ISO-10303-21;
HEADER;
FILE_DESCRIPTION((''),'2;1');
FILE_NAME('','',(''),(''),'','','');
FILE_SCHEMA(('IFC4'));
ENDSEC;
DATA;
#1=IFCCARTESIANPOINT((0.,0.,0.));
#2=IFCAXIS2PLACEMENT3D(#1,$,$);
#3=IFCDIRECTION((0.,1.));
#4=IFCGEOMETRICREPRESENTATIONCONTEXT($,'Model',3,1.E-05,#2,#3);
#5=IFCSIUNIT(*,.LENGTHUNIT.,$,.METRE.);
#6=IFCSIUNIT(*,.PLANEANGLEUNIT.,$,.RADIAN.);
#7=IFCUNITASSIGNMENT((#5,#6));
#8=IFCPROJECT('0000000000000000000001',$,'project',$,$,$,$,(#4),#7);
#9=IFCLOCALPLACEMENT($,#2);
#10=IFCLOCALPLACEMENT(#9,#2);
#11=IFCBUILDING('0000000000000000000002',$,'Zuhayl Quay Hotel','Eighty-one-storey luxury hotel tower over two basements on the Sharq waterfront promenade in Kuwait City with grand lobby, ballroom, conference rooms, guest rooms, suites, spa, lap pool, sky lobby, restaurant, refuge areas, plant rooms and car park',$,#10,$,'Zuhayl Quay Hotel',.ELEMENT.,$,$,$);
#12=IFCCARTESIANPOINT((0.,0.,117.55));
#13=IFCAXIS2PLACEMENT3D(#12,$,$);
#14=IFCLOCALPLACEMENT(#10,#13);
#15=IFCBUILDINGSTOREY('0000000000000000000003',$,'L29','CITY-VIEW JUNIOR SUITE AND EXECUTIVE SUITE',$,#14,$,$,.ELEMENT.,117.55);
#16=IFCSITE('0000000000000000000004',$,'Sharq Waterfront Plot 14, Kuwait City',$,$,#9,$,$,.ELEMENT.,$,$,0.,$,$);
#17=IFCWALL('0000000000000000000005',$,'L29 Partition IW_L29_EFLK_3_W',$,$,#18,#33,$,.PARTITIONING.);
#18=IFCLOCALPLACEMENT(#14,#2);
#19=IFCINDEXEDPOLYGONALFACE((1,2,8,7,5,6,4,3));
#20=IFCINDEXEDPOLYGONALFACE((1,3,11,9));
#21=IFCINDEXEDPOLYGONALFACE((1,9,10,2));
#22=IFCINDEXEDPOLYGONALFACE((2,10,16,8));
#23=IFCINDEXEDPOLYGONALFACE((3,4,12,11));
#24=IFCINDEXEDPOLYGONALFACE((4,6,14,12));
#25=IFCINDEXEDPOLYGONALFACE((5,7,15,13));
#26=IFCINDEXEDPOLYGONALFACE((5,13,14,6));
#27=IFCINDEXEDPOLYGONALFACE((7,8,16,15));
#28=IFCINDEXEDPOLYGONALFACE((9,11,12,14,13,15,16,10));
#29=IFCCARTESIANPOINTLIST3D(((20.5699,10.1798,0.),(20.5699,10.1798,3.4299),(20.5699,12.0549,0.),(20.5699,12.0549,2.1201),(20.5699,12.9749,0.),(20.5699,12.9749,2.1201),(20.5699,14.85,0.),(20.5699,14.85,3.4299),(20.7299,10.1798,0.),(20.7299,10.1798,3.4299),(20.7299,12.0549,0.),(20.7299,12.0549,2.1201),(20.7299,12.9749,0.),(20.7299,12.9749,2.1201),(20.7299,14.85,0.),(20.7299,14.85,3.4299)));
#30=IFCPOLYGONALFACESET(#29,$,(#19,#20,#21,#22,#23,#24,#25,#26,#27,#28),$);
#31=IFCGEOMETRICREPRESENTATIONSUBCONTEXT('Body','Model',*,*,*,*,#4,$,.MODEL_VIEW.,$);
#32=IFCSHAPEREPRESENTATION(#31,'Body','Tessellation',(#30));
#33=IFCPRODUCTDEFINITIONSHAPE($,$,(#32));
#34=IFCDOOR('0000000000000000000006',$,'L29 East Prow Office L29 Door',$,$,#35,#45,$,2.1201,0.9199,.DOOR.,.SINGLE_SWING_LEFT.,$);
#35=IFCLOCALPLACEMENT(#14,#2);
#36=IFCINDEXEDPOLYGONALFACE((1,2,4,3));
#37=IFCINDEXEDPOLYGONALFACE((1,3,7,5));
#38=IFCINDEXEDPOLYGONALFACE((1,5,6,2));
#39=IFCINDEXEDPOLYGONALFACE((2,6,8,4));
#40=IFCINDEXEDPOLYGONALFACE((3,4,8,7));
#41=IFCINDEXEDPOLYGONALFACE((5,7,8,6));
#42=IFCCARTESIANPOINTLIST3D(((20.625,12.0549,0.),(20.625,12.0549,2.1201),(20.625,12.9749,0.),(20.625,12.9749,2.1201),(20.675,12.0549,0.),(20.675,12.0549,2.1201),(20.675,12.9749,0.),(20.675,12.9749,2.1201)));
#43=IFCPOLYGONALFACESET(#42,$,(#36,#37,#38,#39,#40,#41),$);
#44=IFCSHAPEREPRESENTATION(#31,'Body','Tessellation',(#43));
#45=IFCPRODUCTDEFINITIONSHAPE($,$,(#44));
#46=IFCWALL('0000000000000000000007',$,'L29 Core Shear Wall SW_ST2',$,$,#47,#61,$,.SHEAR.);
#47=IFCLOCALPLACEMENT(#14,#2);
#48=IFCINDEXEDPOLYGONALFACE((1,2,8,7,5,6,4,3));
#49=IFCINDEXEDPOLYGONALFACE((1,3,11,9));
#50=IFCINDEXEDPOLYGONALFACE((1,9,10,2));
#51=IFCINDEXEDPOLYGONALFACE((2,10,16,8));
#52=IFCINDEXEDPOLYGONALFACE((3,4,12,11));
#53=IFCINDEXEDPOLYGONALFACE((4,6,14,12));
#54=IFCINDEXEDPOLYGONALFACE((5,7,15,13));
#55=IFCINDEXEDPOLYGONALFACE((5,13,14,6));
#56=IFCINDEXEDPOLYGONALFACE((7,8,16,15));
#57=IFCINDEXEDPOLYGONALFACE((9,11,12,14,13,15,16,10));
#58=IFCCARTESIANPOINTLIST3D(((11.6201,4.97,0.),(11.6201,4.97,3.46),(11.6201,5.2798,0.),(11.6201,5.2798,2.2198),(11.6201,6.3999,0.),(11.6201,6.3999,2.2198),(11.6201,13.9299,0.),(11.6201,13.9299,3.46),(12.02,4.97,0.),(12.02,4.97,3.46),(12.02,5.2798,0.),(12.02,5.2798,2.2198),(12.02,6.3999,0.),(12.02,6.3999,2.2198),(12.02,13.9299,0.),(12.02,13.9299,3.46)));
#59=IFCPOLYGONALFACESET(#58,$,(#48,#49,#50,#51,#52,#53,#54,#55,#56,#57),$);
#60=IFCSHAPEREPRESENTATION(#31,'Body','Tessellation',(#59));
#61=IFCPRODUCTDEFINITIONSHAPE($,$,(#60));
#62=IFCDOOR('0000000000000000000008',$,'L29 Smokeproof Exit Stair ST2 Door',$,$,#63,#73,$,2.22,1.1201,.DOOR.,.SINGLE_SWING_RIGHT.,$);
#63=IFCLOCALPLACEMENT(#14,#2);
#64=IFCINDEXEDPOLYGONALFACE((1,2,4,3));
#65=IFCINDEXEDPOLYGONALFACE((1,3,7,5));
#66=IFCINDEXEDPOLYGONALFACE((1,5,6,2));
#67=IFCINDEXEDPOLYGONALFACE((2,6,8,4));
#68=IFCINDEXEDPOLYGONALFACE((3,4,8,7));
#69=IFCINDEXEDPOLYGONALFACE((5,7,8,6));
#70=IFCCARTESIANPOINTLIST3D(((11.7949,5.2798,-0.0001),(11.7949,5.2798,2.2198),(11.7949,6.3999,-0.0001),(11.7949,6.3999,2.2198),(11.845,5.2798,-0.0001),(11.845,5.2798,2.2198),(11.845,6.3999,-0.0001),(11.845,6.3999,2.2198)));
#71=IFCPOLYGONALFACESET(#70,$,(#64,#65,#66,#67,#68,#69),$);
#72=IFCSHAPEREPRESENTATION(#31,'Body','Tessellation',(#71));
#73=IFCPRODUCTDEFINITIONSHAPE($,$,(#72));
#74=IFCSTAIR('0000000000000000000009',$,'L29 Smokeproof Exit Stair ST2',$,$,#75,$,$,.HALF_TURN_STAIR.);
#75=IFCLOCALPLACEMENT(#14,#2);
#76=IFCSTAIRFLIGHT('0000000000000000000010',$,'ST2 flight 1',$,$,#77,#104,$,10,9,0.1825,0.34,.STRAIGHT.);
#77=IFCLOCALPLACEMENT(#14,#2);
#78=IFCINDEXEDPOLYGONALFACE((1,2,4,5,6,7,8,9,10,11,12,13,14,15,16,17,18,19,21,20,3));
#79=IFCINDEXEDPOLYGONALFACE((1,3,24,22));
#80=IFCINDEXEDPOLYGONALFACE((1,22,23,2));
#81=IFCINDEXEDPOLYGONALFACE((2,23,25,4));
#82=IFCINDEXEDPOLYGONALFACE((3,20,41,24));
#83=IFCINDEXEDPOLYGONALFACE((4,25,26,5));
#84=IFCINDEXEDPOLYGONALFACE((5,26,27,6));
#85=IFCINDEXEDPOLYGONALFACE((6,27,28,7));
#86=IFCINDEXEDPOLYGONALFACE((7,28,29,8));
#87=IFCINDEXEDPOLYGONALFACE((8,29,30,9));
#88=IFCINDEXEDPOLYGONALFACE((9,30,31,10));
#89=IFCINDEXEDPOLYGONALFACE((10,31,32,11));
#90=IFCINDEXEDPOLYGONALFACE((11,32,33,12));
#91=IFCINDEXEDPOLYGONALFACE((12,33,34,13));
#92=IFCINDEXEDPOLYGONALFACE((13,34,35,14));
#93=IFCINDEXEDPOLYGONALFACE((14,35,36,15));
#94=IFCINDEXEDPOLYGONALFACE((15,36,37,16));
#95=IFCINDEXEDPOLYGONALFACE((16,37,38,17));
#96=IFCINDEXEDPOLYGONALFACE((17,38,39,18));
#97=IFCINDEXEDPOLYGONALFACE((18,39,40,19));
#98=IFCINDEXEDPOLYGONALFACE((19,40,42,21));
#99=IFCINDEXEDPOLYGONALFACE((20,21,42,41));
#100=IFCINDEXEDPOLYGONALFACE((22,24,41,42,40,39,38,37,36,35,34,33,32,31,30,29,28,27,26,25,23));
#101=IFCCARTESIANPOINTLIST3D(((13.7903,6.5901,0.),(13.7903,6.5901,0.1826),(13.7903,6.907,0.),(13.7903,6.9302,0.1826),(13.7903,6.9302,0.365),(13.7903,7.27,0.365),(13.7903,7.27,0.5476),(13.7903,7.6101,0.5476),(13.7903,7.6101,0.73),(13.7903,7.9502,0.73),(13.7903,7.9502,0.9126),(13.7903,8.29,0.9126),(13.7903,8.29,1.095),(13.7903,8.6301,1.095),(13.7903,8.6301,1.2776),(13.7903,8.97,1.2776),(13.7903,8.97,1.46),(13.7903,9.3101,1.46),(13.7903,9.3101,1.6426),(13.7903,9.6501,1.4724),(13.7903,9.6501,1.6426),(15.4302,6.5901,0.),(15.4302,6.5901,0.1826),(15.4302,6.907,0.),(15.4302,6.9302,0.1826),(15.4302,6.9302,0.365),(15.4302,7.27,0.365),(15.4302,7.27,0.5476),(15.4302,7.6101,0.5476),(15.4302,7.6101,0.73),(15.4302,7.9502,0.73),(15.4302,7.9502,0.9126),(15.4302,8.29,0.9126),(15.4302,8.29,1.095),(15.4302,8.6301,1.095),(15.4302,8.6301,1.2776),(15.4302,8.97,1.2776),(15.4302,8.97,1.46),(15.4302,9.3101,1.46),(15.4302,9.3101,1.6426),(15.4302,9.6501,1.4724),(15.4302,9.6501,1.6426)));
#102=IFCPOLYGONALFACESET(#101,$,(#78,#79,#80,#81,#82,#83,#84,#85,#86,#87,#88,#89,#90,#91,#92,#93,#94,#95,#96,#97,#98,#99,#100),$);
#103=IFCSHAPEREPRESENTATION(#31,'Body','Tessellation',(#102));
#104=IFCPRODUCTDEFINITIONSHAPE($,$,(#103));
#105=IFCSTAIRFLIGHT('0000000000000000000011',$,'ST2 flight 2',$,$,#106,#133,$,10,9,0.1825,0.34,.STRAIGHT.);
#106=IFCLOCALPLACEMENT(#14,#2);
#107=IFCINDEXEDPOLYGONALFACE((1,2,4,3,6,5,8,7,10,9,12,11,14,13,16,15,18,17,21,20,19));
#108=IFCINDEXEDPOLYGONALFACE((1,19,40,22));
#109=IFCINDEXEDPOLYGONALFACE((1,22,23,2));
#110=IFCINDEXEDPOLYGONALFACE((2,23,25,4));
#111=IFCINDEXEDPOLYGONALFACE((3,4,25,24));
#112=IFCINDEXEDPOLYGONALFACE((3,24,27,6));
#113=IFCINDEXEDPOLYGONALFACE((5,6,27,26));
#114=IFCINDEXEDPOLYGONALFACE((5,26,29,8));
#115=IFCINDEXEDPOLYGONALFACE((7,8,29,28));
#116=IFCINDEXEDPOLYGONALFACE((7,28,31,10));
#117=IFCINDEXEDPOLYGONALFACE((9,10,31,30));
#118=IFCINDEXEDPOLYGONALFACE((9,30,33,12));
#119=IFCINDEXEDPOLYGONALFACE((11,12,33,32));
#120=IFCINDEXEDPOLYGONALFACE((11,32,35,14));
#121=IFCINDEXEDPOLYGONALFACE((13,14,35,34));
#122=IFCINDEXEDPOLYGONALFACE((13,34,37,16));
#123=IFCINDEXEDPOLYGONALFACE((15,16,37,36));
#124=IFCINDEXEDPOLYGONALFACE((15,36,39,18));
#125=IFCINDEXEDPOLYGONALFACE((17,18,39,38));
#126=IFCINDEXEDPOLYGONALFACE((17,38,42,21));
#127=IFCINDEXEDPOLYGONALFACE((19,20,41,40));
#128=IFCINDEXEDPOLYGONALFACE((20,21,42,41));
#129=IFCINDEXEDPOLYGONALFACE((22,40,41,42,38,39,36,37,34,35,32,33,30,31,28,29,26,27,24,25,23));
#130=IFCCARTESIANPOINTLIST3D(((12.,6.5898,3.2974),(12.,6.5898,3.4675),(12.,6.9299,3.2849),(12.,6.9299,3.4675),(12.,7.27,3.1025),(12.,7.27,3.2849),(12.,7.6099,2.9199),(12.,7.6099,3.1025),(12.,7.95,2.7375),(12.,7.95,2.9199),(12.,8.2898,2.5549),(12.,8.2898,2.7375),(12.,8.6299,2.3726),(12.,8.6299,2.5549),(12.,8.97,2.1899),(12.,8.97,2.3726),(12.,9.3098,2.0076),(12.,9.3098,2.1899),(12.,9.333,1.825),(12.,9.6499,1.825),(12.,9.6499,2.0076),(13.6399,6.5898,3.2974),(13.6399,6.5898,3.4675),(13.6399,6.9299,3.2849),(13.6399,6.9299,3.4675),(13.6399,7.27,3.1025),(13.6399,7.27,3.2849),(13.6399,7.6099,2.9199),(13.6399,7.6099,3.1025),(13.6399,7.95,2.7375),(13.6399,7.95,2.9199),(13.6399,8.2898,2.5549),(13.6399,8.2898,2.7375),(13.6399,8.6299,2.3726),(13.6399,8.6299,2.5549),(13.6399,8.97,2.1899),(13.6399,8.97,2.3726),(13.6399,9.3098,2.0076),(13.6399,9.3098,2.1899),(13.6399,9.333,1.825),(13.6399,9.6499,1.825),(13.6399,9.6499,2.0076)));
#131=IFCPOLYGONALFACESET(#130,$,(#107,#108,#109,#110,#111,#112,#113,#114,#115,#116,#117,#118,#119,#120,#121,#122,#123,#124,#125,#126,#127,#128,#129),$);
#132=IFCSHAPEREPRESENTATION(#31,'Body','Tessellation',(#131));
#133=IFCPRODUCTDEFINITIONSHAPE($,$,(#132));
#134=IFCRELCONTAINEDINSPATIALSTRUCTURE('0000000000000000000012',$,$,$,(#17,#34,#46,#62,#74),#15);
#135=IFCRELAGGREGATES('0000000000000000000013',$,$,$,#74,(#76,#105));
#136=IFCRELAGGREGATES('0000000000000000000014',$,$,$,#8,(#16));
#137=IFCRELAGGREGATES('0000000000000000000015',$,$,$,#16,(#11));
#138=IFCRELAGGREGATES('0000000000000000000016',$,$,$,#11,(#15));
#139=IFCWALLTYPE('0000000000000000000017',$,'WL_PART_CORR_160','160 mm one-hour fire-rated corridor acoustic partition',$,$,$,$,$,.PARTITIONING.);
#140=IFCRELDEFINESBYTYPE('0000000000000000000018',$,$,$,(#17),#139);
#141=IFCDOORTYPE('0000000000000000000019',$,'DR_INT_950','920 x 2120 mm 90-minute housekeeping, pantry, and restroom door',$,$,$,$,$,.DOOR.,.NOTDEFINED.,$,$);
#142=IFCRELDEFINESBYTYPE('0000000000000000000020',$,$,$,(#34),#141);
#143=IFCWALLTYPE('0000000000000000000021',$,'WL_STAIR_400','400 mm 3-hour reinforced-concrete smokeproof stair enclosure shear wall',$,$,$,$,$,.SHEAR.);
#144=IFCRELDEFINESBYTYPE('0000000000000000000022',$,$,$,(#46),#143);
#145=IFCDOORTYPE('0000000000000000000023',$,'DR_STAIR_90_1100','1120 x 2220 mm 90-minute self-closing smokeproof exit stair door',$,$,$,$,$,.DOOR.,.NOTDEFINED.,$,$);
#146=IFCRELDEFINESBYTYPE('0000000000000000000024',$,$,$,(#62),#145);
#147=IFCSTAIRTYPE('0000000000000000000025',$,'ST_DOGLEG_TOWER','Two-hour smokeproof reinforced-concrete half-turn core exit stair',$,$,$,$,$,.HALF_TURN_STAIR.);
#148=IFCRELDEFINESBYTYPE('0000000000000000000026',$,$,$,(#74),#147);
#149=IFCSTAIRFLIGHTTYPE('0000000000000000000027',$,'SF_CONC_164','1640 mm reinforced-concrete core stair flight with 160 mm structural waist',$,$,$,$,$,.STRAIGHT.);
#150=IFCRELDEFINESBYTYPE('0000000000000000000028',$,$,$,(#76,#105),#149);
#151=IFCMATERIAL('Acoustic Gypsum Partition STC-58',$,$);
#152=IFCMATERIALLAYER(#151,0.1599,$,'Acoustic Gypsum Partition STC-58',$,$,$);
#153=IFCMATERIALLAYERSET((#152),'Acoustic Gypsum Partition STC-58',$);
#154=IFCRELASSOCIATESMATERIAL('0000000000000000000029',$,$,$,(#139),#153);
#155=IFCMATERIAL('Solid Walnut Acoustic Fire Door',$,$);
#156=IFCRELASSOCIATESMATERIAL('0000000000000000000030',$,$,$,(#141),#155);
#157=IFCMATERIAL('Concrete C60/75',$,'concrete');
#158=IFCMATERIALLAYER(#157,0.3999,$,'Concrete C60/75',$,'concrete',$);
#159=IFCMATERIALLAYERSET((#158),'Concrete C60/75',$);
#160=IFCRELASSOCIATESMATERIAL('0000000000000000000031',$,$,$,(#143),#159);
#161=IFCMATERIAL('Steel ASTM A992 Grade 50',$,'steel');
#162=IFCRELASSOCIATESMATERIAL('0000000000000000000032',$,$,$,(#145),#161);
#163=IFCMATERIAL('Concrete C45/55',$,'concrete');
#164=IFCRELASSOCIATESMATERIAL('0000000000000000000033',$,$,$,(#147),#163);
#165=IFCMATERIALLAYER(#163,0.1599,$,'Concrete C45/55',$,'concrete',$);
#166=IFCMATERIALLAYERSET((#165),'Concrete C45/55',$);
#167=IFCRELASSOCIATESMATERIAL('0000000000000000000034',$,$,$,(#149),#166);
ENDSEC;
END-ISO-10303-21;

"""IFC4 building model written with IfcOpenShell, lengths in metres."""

from ifc_helpers import new_model, si_unit, direction, frame, frame_2d, origin, place, context, subcontext, project, spatial, polyline, rectangle, outline, extrude, material, layer, layer_set, type_object, element, fill, aggregate, save


model = new_model("IFC4")

# Units and contexts
model_context = context("Model", 3, precision=1e-05, world=origin(), true_north=direction((0.0, 1.0)))
body_context = subcontext(model_context, "Body", "Model", "MODEL_VIEW")
ifc_project = project(units=[si_unit("LENGTHUNIT", "METRE"), si_unit("PLANEANGLEUNIT", "RADIAN")], contexts=[model_context])

# Site, building, storey
site_placement = place(None, origin())
site = spatial("IfcSite", under=ifc_project, at=site_placement, Name="Sharq Waterfront Plot 14, Kuwait City", CompositionType="ELEMENT", RefElevation=0.0)
building_placement = place(site_placement, origin())
building = spatial("IfcBuilding", under=site, at=building_placement, Name="Zuhayl Quay Hotel", Description="Eighty-one-storey luxury hotel tower over two basements on the Sharq waterfront promenade in Kuwait City with grand lobby, ballroom, conference rooms, guest rooms, suites, spa, lap pool, sky lobby, restaurant, refuge areas, plant rooms and car park", LongName="Zuhayl Quay Hotel", CompositionType="ELEMENT")
storey_placement = place(building_placement, frame((0.0, 0.0, 117.55)))
storey = spatial("IfcBuildingStorey", under=building, at=storey_placement, Name="L29", Description="CITY-VIEW JUNIOR SUITE AND EXECUTIVE SUITE", CompositionType="ELEMENT", Elevation=117.55)

# Shared definitions
ifc_material_1 = material(Name="Steel ASTM A992 Grade 50", Category="steel")

# Shared definitions
ifc_material_2 = material(Name="Concrete C60/75", Category="concrete")
ifc_material_3 = material(Name="Acoustic Gypsum Partition STC-58")

# Walls, openings, doors
ifc_layer_1 = layer(ifc_material_3, 0.1599, Name="Acoustic Gypsum Partition STC-58")
ifc_layer_set_1 = layer_set([ifc_layer_1], Name="Acoustic Gypsum Partition STC-58")
wall_type_1 = type_object("IfcWallType", Name="WL_PART_CORR_160", Description="160 mm one-hour fire-rated corridor acoustic partition", PredefinedType="PARTITIONING", material=ifc_layer_set_1)
ifc_material_4 = material(Name="Solid Walnut Acoustic Fire Door")
door_type_1 = type_object("IfcDoorType", Name="DR_INT_950", Description="920 x 2120 mm 90-minute housekeeping, pantry, and restroom door", OperationType="NOTDEFINED", PredefinedType="DOOR", material=ifc_material_4)
wall_1_placement = place(storey_placement, frame((20.6499, 10.1799, 0.0), z_axis=(0.0, 0.0, 1.0), x_axis=(0.0, 1.0, 0.0)))
wall_1 = element("IfcWall", 1, at=wall_1_placement, inside=storey, type_object=wall_type_1, Name="L29 Partition IW_L29_EFLK_3_W", PredefinedType="PARTITIONING", context=body_context, shape_type="SweptSolid", body=[
    extrude(rectangle(XDim=4.6702, YDim=0.1599, at=frame_2d((2.335, 0.0))), origin(), (0.0, 0.0, 1.0), 3.4299),
])
opening_1_placement = place(wall_1_placement, frame((1.875, 0.0, 0.0)))
opening_1 = element("IfcOpeningElement", 2, at=opening_1_placement, cuts=wall_1, PredefinedType="OPENING", context=body_context, shape_type="SweptSolid", body=[
    extrude(rectangle(XDim=0.9199, YDim=2.1201, at=frame_2d((0.46, 1.0601))), frame((0.0, 0.0898, 0.0), z_axis=(0.0, -1.0, 0.0), x_axis=(1.0, 0.0, 0.0)), (0.0, 0.0, 1.0), 0.1799),
])
door_1_placement = place(opening_1_placement, origin())
door_1 = element("IfcDoor", 3, at=door_1_placement, inside=storey, type_object=door_type_1, Name="L29 East Prow Office L29 Door", OperationType="SINGLE_SWING_LEFT", OverallHeight=2.1201, OverallWidth=0.9199, PredefinedType="DOOR", context=body_context, shape_type="SweptSolid", body=[
    extrude(rectangle(XDim=0.9199, YDim=2.1201, at=frame_2d((0.46, 1.0601))), frame((0.0, 0.0249, 0.0), z_axis=(0.0, -1.0, 0.0), x_axis=(1.0, 0.0, 0.0)), (0.0, 0.0, 1.0), 0.05),
])
fill(opening_1, door_1)
ifc_layer_2 = layer(ifc_material_2, 0.3999, Name="Concrete C60/75", Category="concrete")
ifc_layer_set_2 = layer_set([ifc_layer_2], Name="Concrete C60/75")
wall_type_2 = type_object("IfcWallType", Name="WL_STAIR_400", Description="400 mm 3-hour reinforced-concrete smokeproof stair enclosure shear wall", PredefinedType="SHEAR", material=ifc_layer_set_2)
wall_2_placement = place(storey_placement, frame((11.8201, 13.9299, 0.0), z_axis=(0.0, 0.0, 1.0), x_axis=(0.0, -1.0, 0.0)))
wall_2 = element("IfcWall", 4, at=wall_2_placement, inside=storey, type_object=wall_type_2, Name="L29 Core Shear Wall SW_ST2", PredefinedType="SHEAR", context=body_context, shape_type="SweptSolid", body=[
    extrude(rectangle(XDim=8.96, YDim=0.3999, at=frame_2d((4.48, 0.0))), origin(), (0.0, 0.0, 1.0), 3.46),
])
opening_2_placement = place(wall_2_placement, frame((7.53, 0.0, 0.0)))
opening_2 = element("IfcOpeningElement", 5, at=opening_2_placement, cuts=wall_2, PredefinedType="OPENING", context=body_context, shape_type="SweptSolid", body=[
    extrude(rectangle(XDim=1.1201, YDim=2.22, at=frame_2d((0.5601, 1.1099))), frame((0.0, 0.21, 0.0), z_axis=(0.0, -1.0, 0.0), x_axis=(1.0, 0.0, 0.0)), (0.0, 0.0, 1.0), 0.4199),
])
door_type_2 = type_object("IfcDoorType", Name="DR_STAIR_90_1100", Description="1120 x 2220 mm 90-minute self-closing smokeproof exit stair door", OperationType="NOTDEFINED", PredefinedType="DOOR", material=ifc_material_1)
door_2_placement = place(opening_2_placement, origin())
door_2 = element("IfcDoor", 6, at=door_2_placement, inside=storey, type_object=door_type_2, Name="L29 Smokeproof Exit Stair ST2 Door", OperationType="SINGLE_SWING_RIGHT", OverallHeight=2.22, OverallWidth=1.1201, PredefinedType="DOOR", context=body_context, shape_type="SweptSolid", body=[
    extrude(rectangle(XDim=1.1201, YDim=2.22, at=frame_2d((0.5601, 1.1099))), frame((0.0, 0.0249, 0.0), z_axis=(0.0, -1.0, 0.0), x_axis=(1.0, 0.0, 0.0)), (0.0, 0.0, 1.0), 0.05),
])
fill(opening_2, door_2)

# Stair, stair flights
ifc_material_5 = material(Name="Concrete C45/55", Category="concrete")
stair_type = type_object("IfcStairType", Name="ST_DOGLEG_TOWER", Description="Two-hour smokeproof reinforced-concrete half-turn core exit stair", PredefinedType="HALF_TURN_STAIR", material=ifc_material_5)
stair_placement = place(storey_placement, origin())
stair = element("IfcStair", 7, at=stair_placement, inside=storey, type_object=stair_type, Name="L29 Smokeproof Exit Stair ST2", PredefinedType="HALF_TURN_STAIR")
ifc_layer_3 = layer(ifc_material_5, 0.1599, Name="Concrete C45/55", Category="concrete")
ifc_layer_set_3 = layer_set([ifc_layer_3], Name="Concrete C45/55")
stair_flight_type = type_object("IfcStairFlightType", Name="SF_CONC_164", Description="1640 mm reinforced-concrete core stair flight with 160 mm structural waist", PredefinedType="STRAIGHT", material=ifc_layer_set_3)
stair_flight_1_placement = place(storey_placement, frame((14.6101, 6.5901, 0.0), z_axis=(0.0, 0.0, 1.0), x_axis=(0.0, 1.0, 0.0)))
stair_flight_1 = element("IfcStairFlight", 8, at=stair_flight_1_placement, type_object=stair_flight_type, Name="ST2 flight 1", NumberOfRisers=10, NumberOfTreads=9, PredefinedType="STRAIGHT", RiserHeight=0.1825, TreadLength=0.34, context=body_context, shape_type="SweptSolid", body=[
    extrude(outline(polyline([(0.0, 0.0), (0.0, 0.1826), (0.3401, 0.1826), (0.3401, 0.365), (0.6799, 0.365), (0.6799, 0.5476), (1.02, 0.5476), (1.02, 0.73), (1.3601, 0.73), (1.3601, 0.9126), (1.7, 0.9126), (1.7, 1.095), (2.04, 1.095), (2.04, 1.2776), (2.3799, 1.2776), (2.3799, 1.46), (2.72, 1.46), (2.72, 1.6426), (3.0601, 1.6426), (3.0601, 1.825), (3.0601, 1.4724), (0.3169, 0.0), (0.0, 0.0)])), frame((0.0, 0.8198, 0.0), z_axis=(0.0, -1.0, 0.0), x_axis=(1.0, 0.0, 0.0)), (0.0, 0.0, 1.0), 1.6399),
])
stair_flight_2_placement = place(storey_placement, frame((12.8201, 9.6499, 1.825), z_axis=(0.0, 0.0, 1.0), x_axis=(0.0, -1.0, 0.0)))
stair_flight_2 = element("IfcStairFlight", 9, at=stair_flight_2_placement, type_object=stair_flight_type, Name="ST2 flight 2", NumberOfRisers=10, NumberOfTreads=9, PredefinedType="STRAIGHT", RiserHeight=0.1825, TreadLength=0.34, context=body_context, shape_type="SweptSolid", body=[
    extrude(outline(polyline([(0.0, 0.0), (0.0, 0.1826), (0.3401, 0.1826), (0.3401, 0.365), (0.6799, 0.365), (0.6799, 0.5476), (1.02, 0.5476), (1.02, 0.73), (1.3601, 0.73), (1.3601, 0.9126), (1.7, 0.9126), (1.7, 1.095), (2.04, 1.095), (2.04, 1.2776), (2.3799, 1.2776), (2.3799, 1.46), (2.72, 1.46), (2.72, 1.6426), (3.0601, 1.6426), (3.0601, 1.825), (3.0601, 1.4724), (0.3169, 0.0), (0.0, 0.0)])), frame((0.0, 0.8198, 0.0), z_axis=(0.0, -1.0, 0.0), x_axis=(1.0, 0.0, 0.0)), (0.0, 0.0, 1.0), 1.6399),
])
aggregate(stair, [stair_flight_1, stair_flight_2])

save(model, "model.ifc")
